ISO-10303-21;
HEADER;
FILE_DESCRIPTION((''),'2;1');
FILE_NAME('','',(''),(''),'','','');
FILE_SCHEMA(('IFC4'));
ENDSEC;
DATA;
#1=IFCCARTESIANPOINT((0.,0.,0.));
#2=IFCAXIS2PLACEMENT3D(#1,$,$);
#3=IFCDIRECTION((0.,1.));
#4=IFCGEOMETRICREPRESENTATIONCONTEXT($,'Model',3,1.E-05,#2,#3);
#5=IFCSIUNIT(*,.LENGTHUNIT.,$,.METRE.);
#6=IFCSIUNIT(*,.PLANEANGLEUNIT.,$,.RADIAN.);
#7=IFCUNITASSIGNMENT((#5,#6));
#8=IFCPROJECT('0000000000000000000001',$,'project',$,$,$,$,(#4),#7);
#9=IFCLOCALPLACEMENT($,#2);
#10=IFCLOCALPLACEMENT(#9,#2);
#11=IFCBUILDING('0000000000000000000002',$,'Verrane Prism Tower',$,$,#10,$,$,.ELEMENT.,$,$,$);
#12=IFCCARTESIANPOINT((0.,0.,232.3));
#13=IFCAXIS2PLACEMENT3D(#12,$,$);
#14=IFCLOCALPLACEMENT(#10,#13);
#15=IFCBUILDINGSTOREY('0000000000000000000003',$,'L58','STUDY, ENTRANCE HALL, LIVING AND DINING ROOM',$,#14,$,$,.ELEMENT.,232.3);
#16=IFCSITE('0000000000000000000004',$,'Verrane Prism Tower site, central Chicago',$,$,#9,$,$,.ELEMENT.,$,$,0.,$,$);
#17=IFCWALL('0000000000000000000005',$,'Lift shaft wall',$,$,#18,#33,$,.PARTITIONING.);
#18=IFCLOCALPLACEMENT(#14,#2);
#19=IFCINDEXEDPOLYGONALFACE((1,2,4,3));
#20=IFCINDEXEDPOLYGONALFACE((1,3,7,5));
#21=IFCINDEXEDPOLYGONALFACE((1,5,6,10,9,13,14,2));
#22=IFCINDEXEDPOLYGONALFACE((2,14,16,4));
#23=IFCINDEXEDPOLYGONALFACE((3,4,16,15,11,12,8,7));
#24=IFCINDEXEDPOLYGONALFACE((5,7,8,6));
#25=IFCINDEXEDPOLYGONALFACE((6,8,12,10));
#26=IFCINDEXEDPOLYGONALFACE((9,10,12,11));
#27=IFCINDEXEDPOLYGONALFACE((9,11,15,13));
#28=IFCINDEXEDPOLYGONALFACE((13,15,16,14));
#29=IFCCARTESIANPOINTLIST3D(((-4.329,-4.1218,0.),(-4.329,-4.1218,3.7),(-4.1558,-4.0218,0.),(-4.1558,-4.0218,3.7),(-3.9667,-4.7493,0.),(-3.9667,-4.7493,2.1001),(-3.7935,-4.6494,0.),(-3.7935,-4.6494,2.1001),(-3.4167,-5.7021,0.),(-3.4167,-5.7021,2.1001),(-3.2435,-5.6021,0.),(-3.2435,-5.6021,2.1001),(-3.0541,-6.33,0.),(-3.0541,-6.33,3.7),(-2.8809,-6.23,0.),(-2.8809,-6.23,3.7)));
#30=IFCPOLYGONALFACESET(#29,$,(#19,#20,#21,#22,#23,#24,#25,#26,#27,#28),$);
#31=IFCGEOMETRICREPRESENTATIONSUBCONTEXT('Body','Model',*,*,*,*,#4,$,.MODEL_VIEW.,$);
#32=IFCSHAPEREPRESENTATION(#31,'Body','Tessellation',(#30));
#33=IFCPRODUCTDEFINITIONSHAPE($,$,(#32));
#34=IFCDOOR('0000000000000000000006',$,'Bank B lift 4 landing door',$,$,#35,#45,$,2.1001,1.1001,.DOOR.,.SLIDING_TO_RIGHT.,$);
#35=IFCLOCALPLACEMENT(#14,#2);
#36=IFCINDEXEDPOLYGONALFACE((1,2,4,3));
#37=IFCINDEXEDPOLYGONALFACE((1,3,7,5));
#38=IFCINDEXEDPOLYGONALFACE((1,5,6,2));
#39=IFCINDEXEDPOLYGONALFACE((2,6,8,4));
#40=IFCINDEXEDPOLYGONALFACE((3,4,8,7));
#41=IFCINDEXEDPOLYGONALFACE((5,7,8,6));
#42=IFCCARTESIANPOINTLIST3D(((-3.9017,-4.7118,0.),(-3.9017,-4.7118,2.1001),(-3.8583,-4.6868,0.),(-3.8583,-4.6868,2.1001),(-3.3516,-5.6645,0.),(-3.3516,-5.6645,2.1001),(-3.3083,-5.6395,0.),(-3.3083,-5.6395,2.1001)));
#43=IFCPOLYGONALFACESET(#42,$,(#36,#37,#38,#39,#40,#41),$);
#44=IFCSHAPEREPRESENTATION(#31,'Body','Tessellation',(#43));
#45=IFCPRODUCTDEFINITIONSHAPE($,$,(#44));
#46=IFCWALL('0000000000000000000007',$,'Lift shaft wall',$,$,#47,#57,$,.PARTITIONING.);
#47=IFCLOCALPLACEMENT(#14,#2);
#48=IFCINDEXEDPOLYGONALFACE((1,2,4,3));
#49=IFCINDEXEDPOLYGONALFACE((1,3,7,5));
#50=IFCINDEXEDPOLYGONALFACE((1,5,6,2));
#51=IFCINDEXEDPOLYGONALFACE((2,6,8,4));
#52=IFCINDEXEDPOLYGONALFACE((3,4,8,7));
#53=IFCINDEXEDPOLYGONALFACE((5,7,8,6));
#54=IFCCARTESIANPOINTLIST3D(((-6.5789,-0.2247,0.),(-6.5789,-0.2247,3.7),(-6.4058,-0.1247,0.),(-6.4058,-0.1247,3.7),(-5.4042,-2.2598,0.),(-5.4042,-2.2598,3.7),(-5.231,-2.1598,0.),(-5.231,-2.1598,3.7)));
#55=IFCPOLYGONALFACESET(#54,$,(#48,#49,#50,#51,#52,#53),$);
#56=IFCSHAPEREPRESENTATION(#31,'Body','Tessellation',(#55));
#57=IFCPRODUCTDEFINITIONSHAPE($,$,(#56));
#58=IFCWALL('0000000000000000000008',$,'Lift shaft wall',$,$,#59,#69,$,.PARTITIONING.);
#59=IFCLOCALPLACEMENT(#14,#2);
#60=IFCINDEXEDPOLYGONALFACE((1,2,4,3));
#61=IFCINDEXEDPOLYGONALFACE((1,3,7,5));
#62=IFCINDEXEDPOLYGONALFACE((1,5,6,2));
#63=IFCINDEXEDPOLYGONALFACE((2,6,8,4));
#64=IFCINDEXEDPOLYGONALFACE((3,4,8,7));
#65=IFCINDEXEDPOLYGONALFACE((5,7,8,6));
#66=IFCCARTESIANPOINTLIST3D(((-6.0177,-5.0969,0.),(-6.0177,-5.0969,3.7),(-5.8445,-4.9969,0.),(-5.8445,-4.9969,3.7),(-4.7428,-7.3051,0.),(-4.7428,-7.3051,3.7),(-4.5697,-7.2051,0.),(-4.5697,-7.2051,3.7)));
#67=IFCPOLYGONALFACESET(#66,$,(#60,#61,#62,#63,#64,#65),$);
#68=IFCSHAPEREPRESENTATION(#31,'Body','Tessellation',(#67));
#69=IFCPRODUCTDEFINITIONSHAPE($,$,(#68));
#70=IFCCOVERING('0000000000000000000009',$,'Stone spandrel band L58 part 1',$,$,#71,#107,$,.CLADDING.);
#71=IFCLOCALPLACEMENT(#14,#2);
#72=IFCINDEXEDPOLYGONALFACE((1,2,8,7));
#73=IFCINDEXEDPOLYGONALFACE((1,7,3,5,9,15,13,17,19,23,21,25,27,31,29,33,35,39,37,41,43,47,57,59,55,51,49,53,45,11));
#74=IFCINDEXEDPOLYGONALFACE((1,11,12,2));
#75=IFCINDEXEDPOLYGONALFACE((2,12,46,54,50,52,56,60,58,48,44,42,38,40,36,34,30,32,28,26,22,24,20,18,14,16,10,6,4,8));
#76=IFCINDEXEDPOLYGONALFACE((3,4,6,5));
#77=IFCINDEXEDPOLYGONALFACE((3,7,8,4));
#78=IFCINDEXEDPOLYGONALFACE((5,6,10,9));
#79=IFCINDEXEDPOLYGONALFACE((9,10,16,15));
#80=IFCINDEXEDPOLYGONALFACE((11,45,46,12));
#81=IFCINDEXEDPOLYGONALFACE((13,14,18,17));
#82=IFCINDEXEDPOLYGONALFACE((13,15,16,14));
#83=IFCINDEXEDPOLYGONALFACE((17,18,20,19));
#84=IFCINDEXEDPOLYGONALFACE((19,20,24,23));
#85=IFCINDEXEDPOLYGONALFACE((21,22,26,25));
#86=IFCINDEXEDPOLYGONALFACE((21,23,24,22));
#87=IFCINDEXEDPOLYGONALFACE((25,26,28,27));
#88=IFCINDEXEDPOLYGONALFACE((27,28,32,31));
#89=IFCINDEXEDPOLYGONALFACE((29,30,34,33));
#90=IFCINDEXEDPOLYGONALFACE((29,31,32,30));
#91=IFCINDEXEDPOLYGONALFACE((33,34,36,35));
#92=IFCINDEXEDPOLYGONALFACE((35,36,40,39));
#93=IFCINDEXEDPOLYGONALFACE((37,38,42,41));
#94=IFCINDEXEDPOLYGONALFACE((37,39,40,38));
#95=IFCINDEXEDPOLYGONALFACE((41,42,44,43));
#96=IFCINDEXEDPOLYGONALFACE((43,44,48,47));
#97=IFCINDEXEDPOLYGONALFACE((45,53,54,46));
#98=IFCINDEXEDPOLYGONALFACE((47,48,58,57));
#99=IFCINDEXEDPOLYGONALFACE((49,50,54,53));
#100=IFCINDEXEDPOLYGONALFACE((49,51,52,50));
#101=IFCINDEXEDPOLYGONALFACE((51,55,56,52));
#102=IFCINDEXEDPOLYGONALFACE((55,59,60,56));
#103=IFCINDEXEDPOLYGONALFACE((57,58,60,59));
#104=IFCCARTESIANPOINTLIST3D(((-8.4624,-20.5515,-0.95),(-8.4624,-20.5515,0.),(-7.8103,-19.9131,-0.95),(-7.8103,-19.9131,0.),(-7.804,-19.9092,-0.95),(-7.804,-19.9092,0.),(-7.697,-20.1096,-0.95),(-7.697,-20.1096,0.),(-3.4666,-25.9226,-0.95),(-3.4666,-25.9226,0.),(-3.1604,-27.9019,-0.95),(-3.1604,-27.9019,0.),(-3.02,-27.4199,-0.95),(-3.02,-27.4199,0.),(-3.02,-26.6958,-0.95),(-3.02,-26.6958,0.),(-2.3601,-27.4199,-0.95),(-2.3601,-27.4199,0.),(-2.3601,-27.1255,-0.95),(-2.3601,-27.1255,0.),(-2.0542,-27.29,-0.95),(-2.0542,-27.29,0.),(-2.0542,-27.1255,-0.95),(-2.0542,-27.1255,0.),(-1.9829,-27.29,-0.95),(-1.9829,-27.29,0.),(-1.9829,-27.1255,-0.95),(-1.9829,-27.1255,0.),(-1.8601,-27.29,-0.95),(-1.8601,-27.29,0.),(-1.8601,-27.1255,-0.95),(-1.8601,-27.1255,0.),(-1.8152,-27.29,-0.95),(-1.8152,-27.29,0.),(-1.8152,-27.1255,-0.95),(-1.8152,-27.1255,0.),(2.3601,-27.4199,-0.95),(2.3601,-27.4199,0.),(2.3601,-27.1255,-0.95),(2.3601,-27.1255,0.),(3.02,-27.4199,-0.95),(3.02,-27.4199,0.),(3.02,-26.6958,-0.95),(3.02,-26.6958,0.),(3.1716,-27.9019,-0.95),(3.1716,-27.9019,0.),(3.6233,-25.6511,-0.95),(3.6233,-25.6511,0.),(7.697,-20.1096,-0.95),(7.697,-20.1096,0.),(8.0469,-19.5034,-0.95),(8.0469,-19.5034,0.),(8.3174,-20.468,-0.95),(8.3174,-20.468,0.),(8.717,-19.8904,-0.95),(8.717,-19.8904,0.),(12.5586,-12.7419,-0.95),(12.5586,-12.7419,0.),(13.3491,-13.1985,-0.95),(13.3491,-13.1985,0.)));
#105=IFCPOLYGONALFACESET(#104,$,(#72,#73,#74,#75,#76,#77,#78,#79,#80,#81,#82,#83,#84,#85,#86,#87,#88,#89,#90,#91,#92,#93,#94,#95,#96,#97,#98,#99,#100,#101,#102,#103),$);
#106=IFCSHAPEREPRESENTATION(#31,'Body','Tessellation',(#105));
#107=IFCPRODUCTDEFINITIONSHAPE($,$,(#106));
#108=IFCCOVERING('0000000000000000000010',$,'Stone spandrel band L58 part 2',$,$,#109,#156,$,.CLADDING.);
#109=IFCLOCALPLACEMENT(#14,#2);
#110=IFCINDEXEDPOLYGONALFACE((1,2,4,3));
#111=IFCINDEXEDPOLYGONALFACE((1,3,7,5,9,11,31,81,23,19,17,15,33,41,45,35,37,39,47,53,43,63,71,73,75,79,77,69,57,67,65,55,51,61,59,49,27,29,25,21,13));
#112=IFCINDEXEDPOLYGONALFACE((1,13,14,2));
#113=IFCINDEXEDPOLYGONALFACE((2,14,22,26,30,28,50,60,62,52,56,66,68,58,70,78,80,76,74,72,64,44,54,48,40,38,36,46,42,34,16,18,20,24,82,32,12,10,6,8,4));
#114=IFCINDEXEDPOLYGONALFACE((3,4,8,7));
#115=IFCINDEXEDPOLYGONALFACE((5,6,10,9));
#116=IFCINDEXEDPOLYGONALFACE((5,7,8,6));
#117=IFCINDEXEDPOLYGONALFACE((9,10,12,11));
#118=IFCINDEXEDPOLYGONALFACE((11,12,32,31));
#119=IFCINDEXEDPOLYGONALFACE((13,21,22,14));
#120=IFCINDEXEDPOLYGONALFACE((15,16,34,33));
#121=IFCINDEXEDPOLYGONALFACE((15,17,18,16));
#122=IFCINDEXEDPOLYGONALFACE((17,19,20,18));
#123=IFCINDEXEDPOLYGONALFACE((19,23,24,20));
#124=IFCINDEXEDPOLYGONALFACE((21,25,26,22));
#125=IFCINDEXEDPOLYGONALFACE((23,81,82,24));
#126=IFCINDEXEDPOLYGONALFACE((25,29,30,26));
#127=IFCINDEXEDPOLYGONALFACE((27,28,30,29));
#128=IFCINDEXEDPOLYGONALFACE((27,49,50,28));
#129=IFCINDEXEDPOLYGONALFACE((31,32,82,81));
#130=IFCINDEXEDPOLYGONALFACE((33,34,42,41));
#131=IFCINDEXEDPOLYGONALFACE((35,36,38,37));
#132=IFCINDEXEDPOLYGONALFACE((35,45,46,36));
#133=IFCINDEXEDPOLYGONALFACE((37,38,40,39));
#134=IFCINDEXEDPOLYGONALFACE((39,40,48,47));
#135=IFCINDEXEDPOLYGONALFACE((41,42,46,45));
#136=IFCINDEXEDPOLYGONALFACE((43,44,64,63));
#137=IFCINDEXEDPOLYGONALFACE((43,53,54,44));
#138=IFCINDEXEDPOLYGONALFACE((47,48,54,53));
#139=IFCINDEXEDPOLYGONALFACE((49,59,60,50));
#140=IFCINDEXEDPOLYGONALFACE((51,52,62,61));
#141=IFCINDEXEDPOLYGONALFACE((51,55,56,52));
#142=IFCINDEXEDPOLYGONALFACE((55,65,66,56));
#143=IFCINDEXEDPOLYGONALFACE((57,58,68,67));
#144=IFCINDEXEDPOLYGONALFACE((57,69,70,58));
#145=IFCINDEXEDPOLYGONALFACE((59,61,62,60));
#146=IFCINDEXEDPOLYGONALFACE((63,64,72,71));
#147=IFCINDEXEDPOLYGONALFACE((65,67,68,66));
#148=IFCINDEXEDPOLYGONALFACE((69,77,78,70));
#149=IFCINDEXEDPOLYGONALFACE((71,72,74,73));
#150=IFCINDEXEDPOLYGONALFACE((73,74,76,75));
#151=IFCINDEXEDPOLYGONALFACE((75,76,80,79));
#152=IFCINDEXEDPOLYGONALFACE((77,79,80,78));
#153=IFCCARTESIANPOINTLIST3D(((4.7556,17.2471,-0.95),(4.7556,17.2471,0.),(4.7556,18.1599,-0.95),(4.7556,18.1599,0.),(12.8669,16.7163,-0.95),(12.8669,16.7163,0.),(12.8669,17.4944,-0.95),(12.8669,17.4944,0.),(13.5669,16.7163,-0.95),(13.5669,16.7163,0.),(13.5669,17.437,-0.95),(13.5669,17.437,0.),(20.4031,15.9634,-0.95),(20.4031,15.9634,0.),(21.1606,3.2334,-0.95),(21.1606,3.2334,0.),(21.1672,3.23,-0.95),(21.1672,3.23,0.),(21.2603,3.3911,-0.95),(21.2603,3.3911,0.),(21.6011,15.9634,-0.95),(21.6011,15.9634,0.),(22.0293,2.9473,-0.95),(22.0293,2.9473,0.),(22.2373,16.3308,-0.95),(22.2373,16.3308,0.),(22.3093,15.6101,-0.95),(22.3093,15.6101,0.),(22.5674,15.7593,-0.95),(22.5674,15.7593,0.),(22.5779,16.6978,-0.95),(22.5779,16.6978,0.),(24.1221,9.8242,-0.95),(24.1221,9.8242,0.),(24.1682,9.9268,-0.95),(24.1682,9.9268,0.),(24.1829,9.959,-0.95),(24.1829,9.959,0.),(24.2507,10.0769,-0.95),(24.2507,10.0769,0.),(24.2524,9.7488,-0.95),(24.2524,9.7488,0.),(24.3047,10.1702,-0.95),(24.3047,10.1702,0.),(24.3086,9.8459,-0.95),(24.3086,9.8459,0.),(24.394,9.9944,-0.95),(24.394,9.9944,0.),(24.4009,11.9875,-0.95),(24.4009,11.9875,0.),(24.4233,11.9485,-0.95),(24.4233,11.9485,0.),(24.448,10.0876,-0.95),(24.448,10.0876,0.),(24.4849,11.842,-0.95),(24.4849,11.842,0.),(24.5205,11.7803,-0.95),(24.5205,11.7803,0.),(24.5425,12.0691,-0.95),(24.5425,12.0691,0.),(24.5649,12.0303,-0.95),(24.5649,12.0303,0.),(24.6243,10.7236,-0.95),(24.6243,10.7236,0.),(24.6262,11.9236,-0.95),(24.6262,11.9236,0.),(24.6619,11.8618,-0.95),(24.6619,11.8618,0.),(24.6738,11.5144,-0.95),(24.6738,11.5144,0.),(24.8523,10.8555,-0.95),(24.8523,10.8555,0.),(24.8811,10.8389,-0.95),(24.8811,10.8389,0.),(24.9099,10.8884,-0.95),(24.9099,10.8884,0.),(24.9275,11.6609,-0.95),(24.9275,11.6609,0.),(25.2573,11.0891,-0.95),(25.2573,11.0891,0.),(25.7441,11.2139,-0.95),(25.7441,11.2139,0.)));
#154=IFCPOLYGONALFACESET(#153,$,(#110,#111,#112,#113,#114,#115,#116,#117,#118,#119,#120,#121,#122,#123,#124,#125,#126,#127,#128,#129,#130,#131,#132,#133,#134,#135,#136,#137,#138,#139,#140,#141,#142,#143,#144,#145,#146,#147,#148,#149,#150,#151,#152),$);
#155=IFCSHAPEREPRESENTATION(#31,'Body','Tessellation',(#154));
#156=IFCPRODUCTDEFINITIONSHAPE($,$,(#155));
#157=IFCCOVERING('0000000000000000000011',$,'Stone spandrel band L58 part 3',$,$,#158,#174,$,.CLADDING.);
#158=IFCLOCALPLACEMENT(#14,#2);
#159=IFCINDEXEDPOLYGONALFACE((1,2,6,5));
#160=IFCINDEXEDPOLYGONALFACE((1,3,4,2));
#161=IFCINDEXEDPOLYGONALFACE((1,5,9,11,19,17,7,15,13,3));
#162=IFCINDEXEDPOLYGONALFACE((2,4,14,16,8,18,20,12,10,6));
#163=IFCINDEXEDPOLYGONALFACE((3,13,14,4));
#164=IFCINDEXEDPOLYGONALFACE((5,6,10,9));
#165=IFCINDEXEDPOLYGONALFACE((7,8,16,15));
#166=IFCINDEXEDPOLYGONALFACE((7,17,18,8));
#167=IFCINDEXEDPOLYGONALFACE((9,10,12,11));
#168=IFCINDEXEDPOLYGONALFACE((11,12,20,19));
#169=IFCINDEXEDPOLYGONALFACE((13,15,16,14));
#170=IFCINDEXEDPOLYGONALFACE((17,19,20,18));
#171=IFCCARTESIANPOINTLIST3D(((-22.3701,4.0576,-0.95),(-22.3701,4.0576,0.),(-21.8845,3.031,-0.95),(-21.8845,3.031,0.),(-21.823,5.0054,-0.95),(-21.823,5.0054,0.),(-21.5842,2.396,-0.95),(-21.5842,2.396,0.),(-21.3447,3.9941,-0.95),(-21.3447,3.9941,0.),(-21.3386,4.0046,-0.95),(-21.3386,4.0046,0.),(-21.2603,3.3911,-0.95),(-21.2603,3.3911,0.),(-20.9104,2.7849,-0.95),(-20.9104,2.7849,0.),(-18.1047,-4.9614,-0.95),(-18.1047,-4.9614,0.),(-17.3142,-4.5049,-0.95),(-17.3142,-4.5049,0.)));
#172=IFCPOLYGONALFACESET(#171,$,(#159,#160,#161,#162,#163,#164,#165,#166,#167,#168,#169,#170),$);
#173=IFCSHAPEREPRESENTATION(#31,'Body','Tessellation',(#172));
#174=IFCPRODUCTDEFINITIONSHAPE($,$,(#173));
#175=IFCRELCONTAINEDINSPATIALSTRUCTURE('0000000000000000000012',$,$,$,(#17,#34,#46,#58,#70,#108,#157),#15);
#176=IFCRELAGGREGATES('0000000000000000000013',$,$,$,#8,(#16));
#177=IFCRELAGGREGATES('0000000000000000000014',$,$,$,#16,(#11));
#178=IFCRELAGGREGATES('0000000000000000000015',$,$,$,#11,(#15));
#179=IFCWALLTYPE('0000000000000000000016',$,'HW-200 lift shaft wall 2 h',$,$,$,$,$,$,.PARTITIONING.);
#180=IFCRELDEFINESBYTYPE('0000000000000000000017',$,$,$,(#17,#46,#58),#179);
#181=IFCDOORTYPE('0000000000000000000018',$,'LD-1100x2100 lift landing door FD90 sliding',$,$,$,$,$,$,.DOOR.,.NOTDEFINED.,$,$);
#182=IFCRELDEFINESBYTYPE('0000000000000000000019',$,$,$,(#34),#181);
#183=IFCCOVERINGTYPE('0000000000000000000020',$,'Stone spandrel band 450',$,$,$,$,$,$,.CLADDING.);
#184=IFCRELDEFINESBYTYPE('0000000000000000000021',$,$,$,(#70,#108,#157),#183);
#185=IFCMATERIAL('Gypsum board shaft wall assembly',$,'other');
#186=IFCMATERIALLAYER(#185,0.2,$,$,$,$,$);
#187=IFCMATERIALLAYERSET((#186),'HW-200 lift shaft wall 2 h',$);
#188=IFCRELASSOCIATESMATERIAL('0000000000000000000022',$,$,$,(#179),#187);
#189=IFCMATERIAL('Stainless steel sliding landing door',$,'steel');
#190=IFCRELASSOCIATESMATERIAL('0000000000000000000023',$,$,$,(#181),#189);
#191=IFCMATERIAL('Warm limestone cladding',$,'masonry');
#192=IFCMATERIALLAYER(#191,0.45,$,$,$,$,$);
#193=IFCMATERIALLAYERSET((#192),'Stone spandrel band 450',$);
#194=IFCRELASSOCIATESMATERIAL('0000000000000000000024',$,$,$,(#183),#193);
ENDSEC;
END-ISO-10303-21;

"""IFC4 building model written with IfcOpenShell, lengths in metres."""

from ifc_helpers import new_model, si_unit, direction, frame, frame_2d, origin, place, context, subcontext, project, spatial, polyline, rectangle, outline, extrude, material, layer, layer_set, type_object, element, fill, save


model = new_model("IFC4")

# Units and contexts
model_context = context("Model", 3, precision=1e-05, world=origin(), true_north=direction((0.0, 1.0)))
body_context = subcontext(model_context, "Body", "Model", "MODEL_VIEW")
ifc_project = project(units=[si_unit("LENGTHUNIT", "METRE"), si_unit("PLANEANGLEUNIT", "RADIAN")], contexts=[model_context])

# Site, building, storey
site_placement = place(None, origin())
site = spatial("IfcSite", under=ifc_project, at=site_placement, Name="Verrane Prism Tower site, central Chicago", CompositionType="ELEMENT", RefElevation=0.0)
building_placement = place(site_placement, origin())
building = spatial("IfcBuilding", under=site, at=building_placement, Name="Verrane Prism Tower", CompositionType="ELEMENT")
storey_placement = place(building_placement, frame((0.0, 0.0, 232.3)))
storey = spatial("IfcBuildingStorey", under=building, at=storey_placement, Name="L58", Description="STUDY, ENTRANCE HALL, LIVING AND DINING ROOM", CompositionType="ELEMENT", Elevation=232.3)

# Shared definitions
ifc_material_1 = material(Name="Gypsum board shaft wall assembly", Category="other")
ifc_layer_1 = layer(ifc_material_1, 0.2)
ifc_layer_set_1 = layer_set([ifc_layer_1], Name="HW-200 lift shaft wall 2 h")
wall_type_1 = type_object("IfcWallType", Name="HW-200 lift shaft wall 2 h", PredefinedType="PARTITIONING", material=ifc_layer_set_1)
ifc_material_2 = material(Name="Stainless steel sliding landing door", Category="steel")
door_type_1 = type_object("IfcDoorType", Name="LD-1100x2100 lift landing door FD90 sliding", OperationType="NOTDEFINED", PredefinedType="DOOR", material=ifc_material_2)

# Wall, opening, door
wall_1_placement = place(storey_placement, frame((-2.9675, -6.28, 0.0), z_axis=(0.0, 0.0, 1.0), x_axis=(-0.49999, 0.866031, 0.0)))
wall_1 = element("IfcWall", 1, at=wall_1_placement, inside=storey, type_object=wall_type_1, Name="Lift shaft wall", PredefinedType="PARTITIONING", context=body_context, shape_type="SweptSolid", body=[
    extrude(rectangle(XDim=2.5498, YDim=0.2, at=frame_2d((1.2749, 0.0))), origin(), (0.0, 0.0, 1.0), 3.7),
])
opening_1_placement = place(wall_1_placement, frame((0.7251, 0.0, 0.0)))
opening_1 = element("IfcOpeningElement", 2, at=opening_1_placement, cuts=wall_1, PredefinedType="OPENING", context=body_context, shape_type="SweptSolid", body=[
    extrude(rectangle(XDim=1.1001, YDim=2.1001, at=frame_2d((0.55, 1.05))), frame((0.0, 0.1099, 0.0), z_axis=(0.0, -1.0, 0.0), x_axis=(1.0, 0.0, 0.0)), (0.0, 0.0, 1.0), 0.22),
])
door_1_placement = place(opening_1_placement, origin())
door_1 = element("IfcDoor", 3, at=door_1_placement, inside=storey, type_object=door_type_1, Name="Bank B lift 4 landing door", OperationType="SLIDING_TO_RIGHT", OverallHeight=2.1001, OverallWidth=1.1001, PredefinedType="DOOR", context=body_context, shape_type="SweptSolid", body=[
    extrude(rectangle(XDim=1.1001, YDim=2.1001, at=frame_2d((0.55, 1.05))), frame((0.0, 0.0249, 0.0), z_axis=(0.0, -1.0, 0.0), x_axis=(1.0, 0.0, 0.0)), (0.0, 0.0, 1.0), 0.05),
])
fill(opening_1, door_1)

# Walls
wall_2_placement = place(storey_placement, frame((-5.3176, -2.2097, 0.0), z_axis=(0.0, 0.0, 1.0), x_axis=(-0.499938, 0.866061, 0.0)))
element("IfcWall", 4, at=wall_2_placement, inside=storey, type_object=wall_type_1, Name="Lift shaft wall", PredefinedType="PARTITIONING", context=body_context, shape_type="SweptSolid", body=[
    extrude(rectangle(XDim=2.3499, YDim=0.2, at=frame_2d((1.1748, 0.0))), origin(), (0.0, 0.0, 1.0), 3.7),
])
wall_3_placement = place(storey_placement, frame((-4.6562, -7.2551, 0.0), z_axis=(0.0, 0.0, 1.0), x_axis=(-0.49999, 0.866031, 0.0)))
element("IfcWall", 5, at=wall_3_placement, inside=storey, type_object=wall_type_1, Name="Lift shaft wall", PredefinedType="PARTITIONING", context=body_context, shape_type="SweptSolid", body=[
    extrude(rectangle(XDim=2.5498, YDim=0.2, at=frame_2d((1.2749, 0.0))), origin(), (0.0, 0.0, 1.0), 3.7),
])

# Coverings
ifc_material_3 = material(Name="Warm limestone cladding", Category="masonry")
ifc_layer_2 = layer(ifc_material_3, 0.45)
ifc_layer_set_2 = layer_set([ifc_layer_2], Name="Stone spandrel band 450")
covering_type = type_object("IfcCoveringType", Name="Stone spandrel band 450", PredefinedType="CLADDING", material=ifc_layer_set_2)
covering_1_placement = place(storey_placement, frame((0.0, 0.0, -0.95)))
element("IfcCovering", 6, at=covering_1_placement, inside=storey, type_object=covering_type, Name="Stone spandrel band L58 part 1", PredefinedType="CLADDING", context=body_context, shape_type="SweptSolid", body=[
    extrude(outline(polyline([(13.3491, -13.1985), (12.5586, -12.7419), (3.6233, -25.6511), (3.02, -26.6958), (3.02, -27.4199), (2.3601, -27.4199), (2.3601, -27.1255), (-1.8152, -27.1255), (-1.8152, -27.29), (-1.8601, -27.29), (-1.8601, -27.1255), (-1.9829, -27.1255), (-1.9829, -27.29), (-2.0542, -27.29), (-2.0542, -27.1255), (-2.3601, -27.1255), (-2.3601, -27.4199), (-3.02, -27.4199), (-3.02, -26.6958), (-3.4666, -25.9226), (-7.804, -19.9092), (-7.8103, -19.9131), (-7.697, -20.1096), (-8.4624, -20.5515), (-3.1604, -27.9019), (3.1716, -27.9019), (8.3174, -20.468), (7.697, -20.1096), (8.0469, -19.5034), (8.717, -19.8904), (13.3491, -13.1985)])), origin(), (0.0, 0.0, 1.0), 0.95),
])
covering_2_placement = place(storey_placement, frame((0.0, 0.0, -0.95)))
element("IfcCovering", 7, at=covering_2_placement, inside=storey, type_object=covering_type, Name="Stone spandrel band L58 part 2", PredefinedType="CLADDING", context=body_context, shape_type="SweptSolid", body=[
    extrude(outline(polyline([(25.7441, 11.2139), (22.5779, 16.6978), (13.5669, 17.437), (13.5669, 16.7163), (12.8669, 16.7163), (12.8669, 17.4944), (4.7556, 18.1599), (4.7556, 17.2471), (20.4031, 15.9634), (21.6011, 15.9634), (22.2373, 16.3308), (22.5674, 15.7593), (22.3093, 15.6101), (24.4009, 11.9875), (24.5425, 12.0691), (24.5649, 12.0303), (24.4233, 11.9485), (24.4849, 11.842), (24.6262, 11.9236), (24.6619, 11.8618), (24.5205, 11.7803), (24.6738, 11.5144), (24.9275, 11.6609), (25.2573, 11.0891), (24.9099, 10.8884), (24.8811, 10.8389), (24.8523, 10.8555), (24.6243, 10.7236), (24.3047, 10.1702), (24.448, 10.0876), (24.394, 9.9944), (24.2507, 10.0769), (24.1829, 9.959), (24.1682, 9.9268), (24.3086, 9.8459), (24.2524, 9.7488), (24.1221, 9.8242), (21.1606, 3.2334), (21.1672, 3.23), (21.2603, 3.3911), (22.0293, 2.9473), (25.7441, 11.2139)])), origin(), (0.0, 0.0, 1.0), 0.95),
])
covering_3_placement = place(storey_placement, frame((0.0, 0.0, -0.95)))
element("IfcCovering", 8, at=covering_3_placement, inside=storey, type_object=covering_type, Name="Stone spandrel band L58 part 3", PredefinedType="CLADDING", context=body_context, shape_type="SweptSolid", body=[
    extrude(outline(polyline([(-17.3142, -4.5049), (-21.3386, 4.0046), (-21.3447, 3.9941), (-21.823, 5.0054), (-22.3701, 4.0576), (-21.8845, 3.031), (-21.2603, 3.3911), (-20.9104, 2.7849), (-21.5842, 2.396), (-18.1047, -4.9614), (-17.3142, -4.5049)])), origin(), (0.0, 0.0, 1.0), 0.95),
])

save(model, "model.ifc")
